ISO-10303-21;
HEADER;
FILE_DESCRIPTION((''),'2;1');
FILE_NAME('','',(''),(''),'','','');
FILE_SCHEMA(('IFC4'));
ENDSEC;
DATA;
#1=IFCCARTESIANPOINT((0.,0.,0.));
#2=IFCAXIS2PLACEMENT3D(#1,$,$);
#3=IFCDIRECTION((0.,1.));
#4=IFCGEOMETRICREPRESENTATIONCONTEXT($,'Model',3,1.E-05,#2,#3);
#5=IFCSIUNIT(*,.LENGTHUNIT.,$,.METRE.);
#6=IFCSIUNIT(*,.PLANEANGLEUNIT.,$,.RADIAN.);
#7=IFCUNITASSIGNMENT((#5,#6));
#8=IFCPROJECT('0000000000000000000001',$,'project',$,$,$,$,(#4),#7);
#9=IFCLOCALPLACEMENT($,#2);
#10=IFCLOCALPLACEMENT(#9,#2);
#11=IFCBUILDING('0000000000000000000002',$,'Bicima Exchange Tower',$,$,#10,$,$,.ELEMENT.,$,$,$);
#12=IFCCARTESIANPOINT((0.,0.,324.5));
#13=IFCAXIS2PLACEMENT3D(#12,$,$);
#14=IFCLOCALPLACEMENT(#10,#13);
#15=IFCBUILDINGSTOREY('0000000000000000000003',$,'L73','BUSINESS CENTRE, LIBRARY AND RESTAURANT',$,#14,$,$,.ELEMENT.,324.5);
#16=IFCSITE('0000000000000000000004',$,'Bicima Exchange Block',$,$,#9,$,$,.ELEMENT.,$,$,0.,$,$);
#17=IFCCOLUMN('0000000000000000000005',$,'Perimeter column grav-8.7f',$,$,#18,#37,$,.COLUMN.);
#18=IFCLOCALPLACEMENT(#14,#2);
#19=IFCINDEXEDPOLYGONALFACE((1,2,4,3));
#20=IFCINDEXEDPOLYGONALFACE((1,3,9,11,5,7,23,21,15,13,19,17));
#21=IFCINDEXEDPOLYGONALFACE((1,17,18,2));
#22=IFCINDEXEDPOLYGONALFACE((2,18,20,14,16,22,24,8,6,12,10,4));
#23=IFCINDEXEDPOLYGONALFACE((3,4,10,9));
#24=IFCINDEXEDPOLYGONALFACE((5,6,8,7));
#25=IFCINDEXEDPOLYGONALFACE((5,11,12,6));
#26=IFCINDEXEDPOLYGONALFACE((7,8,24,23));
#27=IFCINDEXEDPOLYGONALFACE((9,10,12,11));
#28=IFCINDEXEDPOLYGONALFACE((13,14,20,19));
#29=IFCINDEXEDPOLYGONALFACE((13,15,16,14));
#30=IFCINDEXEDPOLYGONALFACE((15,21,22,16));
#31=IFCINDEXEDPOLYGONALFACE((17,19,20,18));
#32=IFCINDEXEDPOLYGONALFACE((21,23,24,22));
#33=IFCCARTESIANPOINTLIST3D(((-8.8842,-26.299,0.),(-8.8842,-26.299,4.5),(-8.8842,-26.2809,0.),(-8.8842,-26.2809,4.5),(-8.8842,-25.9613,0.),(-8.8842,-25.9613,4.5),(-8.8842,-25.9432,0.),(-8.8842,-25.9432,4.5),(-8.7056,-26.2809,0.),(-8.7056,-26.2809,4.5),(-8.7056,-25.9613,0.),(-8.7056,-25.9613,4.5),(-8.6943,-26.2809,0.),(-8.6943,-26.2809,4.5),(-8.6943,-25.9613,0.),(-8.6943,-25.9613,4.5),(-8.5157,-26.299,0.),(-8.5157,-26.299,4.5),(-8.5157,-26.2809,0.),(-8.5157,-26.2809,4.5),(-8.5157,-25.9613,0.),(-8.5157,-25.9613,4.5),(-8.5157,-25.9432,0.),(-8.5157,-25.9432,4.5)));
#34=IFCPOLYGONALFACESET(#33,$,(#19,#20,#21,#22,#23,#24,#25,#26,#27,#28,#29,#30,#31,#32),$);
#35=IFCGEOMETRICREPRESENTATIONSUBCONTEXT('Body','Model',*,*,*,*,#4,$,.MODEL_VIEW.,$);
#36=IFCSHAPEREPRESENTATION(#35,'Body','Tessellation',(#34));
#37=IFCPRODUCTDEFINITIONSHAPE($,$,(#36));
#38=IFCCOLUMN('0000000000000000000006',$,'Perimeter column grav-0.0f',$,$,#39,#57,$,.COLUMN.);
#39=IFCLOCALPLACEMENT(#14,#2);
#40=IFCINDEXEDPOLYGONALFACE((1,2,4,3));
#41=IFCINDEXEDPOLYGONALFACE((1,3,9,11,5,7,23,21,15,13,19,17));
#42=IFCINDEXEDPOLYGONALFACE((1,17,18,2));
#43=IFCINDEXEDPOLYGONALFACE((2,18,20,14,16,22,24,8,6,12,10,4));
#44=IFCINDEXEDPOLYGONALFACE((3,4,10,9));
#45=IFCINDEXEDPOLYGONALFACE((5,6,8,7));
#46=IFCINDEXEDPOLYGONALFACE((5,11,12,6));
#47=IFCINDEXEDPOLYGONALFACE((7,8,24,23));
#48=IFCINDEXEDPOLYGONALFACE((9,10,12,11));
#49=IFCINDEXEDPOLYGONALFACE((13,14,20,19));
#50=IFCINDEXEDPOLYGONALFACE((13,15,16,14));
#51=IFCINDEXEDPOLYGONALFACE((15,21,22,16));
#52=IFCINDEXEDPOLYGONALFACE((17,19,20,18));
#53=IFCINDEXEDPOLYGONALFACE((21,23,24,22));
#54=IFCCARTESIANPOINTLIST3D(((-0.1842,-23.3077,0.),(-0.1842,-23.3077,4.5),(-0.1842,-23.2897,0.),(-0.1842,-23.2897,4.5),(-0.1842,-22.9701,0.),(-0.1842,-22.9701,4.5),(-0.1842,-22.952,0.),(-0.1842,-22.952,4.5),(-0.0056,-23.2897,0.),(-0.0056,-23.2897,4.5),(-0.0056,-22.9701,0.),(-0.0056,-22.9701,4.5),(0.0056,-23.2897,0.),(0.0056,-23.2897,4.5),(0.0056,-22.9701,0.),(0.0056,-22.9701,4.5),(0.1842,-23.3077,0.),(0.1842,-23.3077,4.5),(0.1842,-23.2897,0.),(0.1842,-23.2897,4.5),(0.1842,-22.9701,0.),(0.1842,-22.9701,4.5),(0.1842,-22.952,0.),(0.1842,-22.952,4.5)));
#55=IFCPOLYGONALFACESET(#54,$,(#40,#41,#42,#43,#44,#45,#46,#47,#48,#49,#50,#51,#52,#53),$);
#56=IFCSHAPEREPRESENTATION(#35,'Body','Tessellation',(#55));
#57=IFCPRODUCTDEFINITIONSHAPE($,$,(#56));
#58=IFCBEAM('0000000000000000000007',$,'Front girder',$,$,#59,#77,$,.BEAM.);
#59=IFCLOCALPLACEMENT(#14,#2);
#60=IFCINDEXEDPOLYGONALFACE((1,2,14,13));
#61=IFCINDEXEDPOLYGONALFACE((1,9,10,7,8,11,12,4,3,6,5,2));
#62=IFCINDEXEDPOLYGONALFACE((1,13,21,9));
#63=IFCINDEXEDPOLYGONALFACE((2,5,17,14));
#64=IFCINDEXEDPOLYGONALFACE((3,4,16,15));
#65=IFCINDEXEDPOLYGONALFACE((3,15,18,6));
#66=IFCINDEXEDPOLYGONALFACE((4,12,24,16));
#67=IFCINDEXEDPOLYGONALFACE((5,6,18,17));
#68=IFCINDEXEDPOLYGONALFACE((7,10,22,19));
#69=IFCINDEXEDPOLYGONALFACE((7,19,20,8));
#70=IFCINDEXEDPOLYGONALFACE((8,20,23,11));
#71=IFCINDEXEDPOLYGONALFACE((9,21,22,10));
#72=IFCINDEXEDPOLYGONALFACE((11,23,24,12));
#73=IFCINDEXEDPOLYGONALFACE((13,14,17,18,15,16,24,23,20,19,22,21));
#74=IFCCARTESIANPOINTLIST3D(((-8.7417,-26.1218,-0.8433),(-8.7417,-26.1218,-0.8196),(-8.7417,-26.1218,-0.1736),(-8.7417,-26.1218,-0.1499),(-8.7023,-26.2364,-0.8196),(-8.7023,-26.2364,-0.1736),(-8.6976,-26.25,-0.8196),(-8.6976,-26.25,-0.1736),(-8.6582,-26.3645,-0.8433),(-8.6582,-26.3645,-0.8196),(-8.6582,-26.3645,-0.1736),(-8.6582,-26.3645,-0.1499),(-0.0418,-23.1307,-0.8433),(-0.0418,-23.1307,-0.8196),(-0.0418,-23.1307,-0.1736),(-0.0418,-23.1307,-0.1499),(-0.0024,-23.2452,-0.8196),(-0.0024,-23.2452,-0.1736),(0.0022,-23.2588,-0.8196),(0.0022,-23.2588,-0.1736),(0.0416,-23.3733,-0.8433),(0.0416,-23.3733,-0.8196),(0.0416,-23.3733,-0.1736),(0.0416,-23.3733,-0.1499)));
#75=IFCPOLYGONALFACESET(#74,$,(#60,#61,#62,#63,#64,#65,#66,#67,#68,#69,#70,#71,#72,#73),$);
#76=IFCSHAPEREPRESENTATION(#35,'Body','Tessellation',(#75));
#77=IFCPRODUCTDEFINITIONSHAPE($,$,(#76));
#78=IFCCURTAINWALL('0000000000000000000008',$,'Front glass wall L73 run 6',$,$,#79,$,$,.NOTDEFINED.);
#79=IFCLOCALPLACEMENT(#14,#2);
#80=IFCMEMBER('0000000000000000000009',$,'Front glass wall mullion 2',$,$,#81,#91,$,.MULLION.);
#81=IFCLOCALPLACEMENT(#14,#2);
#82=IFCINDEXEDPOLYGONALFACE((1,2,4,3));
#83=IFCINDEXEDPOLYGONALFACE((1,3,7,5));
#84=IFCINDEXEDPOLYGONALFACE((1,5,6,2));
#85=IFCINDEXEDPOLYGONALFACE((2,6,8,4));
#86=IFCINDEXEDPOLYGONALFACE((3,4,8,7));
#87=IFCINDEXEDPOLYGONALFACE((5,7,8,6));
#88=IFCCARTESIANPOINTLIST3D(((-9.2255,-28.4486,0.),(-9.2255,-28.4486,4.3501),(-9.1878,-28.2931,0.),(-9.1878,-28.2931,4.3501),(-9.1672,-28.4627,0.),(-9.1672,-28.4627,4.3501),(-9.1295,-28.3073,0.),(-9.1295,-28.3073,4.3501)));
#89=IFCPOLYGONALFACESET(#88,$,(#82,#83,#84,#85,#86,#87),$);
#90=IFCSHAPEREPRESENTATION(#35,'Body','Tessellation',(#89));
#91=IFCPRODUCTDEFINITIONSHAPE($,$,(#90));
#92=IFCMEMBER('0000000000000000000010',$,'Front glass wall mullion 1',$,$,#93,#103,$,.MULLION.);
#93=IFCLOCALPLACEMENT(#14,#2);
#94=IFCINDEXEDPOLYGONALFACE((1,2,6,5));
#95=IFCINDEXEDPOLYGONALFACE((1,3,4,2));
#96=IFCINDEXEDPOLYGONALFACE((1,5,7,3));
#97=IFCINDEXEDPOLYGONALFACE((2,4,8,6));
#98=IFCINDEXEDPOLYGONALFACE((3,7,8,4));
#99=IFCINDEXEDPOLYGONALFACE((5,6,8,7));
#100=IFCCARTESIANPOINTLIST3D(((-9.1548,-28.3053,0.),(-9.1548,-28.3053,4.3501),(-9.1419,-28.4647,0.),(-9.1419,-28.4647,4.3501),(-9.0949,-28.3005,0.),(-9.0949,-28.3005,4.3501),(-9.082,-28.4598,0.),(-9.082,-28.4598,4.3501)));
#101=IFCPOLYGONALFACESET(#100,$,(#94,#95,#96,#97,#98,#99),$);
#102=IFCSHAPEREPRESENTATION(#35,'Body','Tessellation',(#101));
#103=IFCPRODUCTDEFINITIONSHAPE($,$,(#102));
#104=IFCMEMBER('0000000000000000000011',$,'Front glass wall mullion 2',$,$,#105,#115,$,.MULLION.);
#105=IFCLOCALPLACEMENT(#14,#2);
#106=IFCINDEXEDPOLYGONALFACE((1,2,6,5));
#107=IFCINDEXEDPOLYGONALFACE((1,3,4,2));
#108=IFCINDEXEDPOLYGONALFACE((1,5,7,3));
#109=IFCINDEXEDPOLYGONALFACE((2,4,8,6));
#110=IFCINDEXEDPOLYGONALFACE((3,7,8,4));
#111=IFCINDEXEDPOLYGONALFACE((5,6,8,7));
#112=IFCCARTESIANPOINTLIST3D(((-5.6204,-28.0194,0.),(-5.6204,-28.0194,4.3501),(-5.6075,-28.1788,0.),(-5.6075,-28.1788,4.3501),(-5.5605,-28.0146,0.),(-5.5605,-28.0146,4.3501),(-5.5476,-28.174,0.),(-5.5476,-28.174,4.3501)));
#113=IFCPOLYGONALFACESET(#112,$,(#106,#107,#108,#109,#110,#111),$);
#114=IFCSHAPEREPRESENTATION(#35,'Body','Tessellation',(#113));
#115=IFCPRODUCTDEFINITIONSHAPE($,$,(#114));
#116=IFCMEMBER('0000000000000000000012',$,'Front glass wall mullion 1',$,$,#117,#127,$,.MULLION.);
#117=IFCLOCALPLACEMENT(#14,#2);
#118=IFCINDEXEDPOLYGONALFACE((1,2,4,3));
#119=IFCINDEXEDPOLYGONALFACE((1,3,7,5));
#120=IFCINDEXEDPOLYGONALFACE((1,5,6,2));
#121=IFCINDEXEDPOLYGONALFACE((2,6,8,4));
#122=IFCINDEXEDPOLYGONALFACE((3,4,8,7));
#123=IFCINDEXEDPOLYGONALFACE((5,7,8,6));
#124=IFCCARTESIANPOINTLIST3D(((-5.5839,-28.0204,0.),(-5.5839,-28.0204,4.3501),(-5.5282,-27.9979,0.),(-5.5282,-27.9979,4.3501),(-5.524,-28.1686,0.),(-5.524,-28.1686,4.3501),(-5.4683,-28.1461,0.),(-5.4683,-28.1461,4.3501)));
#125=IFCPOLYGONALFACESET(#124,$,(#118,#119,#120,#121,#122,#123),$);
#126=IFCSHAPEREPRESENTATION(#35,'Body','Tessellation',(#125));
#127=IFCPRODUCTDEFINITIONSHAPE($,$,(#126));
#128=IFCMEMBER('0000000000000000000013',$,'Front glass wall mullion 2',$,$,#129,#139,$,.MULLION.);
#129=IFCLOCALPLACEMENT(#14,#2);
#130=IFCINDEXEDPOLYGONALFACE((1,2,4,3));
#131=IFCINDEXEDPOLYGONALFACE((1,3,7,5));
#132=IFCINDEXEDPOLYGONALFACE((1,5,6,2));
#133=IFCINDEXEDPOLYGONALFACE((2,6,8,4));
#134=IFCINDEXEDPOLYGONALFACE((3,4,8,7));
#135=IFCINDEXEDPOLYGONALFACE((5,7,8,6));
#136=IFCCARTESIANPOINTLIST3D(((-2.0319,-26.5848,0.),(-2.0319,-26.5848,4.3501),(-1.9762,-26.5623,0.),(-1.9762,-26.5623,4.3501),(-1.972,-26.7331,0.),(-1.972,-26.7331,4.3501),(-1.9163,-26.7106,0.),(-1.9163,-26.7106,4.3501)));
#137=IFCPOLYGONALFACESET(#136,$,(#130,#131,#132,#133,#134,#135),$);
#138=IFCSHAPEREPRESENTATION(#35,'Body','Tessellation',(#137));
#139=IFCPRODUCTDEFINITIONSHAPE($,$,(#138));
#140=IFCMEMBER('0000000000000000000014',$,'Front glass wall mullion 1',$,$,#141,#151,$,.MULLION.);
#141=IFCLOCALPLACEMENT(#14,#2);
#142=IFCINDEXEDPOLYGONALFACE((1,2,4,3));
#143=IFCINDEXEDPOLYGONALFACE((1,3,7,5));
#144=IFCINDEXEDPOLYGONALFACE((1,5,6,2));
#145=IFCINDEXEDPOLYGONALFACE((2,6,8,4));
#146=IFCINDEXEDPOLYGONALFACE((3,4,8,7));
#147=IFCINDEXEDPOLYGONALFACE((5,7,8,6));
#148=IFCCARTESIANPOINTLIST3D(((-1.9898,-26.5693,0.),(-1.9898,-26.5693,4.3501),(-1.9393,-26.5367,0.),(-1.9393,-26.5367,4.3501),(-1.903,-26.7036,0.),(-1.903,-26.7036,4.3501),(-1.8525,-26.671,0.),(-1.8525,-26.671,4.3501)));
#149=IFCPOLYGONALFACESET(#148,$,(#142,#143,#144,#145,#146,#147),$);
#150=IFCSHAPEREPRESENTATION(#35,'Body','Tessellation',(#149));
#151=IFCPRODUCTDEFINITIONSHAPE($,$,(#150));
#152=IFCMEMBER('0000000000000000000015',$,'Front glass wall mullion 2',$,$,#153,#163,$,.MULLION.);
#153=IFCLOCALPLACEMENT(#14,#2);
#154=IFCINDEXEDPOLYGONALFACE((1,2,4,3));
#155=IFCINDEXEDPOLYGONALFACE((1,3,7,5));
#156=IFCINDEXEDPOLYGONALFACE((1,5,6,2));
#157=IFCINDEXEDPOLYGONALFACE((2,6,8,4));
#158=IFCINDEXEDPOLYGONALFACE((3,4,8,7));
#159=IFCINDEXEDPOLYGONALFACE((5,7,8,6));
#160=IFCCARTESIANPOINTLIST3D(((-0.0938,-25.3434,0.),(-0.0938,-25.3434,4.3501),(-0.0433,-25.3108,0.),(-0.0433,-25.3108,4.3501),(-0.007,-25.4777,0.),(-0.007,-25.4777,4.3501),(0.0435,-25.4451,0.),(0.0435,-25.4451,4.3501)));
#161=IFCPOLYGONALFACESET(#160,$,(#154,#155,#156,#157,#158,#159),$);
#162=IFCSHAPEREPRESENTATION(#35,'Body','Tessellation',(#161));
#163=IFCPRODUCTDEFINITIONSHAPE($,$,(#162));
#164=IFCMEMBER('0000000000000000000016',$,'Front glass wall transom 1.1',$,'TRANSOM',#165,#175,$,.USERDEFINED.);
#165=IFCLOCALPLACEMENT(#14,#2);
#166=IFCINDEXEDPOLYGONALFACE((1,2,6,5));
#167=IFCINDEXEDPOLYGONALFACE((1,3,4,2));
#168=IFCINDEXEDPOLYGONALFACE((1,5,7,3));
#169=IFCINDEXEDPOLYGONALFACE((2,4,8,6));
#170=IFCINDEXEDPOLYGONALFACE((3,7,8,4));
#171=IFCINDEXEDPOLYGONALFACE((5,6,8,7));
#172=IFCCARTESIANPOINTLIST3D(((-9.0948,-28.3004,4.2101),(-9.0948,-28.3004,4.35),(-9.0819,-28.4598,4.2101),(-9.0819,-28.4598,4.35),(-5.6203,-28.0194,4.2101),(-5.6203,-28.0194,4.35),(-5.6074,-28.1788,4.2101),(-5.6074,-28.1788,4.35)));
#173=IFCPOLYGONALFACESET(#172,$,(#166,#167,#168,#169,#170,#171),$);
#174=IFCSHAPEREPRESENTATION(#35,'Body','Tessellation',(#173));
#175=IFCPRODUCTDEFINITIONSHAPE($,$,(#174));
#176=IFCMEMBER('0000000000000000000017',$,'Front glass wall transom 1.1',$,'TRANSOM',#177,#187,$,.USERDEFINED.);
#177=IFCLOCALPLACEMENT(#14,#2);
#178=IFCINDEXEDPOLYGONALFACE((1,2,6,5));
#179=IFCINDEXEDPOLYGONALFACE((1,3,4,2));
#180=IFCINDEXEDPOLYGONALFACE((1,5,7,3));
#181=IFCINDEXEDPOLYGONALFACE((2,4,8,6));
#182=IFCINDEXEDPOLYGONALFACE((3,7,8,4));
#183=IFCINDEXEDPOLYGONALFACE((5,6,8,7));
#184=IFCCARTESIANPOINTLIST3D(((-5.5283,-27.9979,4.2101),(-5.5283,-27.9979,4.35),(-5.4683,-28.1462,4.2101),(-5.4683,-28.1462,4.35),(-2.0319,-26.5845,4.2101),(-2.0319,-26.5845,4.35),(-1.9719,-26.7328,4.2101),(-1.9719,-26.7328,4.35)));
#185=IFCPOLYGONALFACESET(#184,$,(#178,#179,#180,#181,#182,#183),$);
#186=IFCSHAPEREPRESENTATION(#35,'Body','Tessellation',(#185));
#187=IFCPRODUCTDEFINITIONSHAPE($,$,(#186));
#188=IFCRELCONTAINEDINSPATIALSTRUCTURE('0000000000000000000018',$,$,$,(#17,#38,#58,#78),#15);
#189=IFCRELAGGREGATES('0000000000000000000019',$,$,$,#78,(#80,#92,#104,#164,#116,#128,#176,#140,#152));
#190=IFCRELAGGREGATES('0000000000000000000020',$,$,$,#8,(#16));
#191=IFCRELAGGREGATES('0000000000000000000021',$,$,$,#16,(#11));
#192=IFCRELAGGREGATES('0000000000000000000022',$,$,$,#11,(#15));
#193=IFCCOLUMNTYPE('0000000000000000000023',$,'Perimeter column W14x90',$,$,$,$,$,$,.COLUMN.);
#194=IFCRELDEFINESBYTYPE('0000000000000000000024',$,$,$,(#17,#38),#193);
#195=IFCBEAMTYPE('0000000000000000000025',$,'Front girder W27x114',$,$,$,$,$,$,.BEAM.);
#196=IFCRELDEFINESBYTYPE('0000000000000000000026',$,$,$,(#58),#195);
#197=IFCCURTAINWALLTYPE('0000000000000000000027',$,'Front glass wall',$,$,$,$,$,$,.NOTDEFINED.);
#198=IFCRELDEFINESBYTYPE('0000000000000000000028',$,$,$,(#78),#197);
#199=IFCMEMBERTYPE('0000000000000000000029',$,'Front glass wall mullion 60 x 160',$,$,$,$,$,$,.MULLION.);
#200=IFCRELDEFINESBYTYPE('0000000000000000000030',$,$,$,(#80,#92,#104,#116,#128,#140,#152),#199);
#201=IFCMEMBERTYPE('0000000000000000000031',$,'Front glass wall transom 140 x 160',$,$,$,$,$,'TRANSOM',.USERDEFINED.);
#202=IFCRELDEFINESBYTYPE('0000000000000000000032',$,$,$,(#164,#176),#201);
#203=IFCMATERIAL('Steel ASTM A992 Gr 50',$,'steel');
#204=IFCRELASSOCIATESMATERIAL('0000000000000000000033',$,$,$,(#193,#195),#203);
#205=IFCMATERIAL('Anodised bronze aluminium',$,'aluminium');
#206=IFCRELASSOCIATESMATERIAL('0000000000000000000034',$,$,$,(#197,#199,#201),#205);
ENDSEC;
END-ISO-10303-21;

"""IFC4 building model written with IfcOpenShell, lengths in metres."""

from ifc_helpers import new_model, si_unit, direction, frame, origin, origin_2d, place, context, subcontext, project, spatial, rectangle, i_section, extrude, material, material_profile, profile_set, type_object, element, aggregate, save


model = new_model("IFC4")

# Units and contexts
model_context = context("Model", 3, precision=1e-05, world=origin(), true_north=direction((0.0, 1.0)))
body_context = subcontext(model_context, "Body", "Model", "MODEL_VIEW")
ifc_project = project(units=[si_unit("LENGTHUNIT", "METRE"), si_unit("PLANEANGLEUNIT", "RADIAN")], contexts=[model_context])

# Site, building, storey
site_placement = place(None, origin())
site = spatial("IfcSite", under=ifc_project, at=site_placement, Name="Bicima Exchange Block", CompositionType="ELEMENT", RefElevation=0.0)
building_placement = place(site_placement, origin())
building = spatial("IfcBuilding", under=site, at=building_placement, Name="Bicima Exchange Tower", CompositionType="ELEMENT")
storey_placement = place(building_placement, frame((0.0, 0.0, 324.5)))
storey = spatial("IfcBuildingStorey", under=building, at=storey_placement, Name="L73", Description="BUSINESS CENTRE, LIBRARY AND RESTAURANT", CompositionType="ELEMENT", Elevation=324.5)

# Columns
ifc_material_1 = material(Name="Steel ASTM A992 Gr 50", Category="steel")
ifc_material_profile_1 = material_profile(ifc_material_1, i_section(OverallWidth=0.3684, OverallDepth=0.3557, WebThickness=0.0112, FlangeThickness=0.0181, at=origin_2d()))
ifc_profile_set_1 = profile_set([ifc_material_profile_1], Name="Steel ASTM A992 Gr 50")
column_type = type_object("IfcColumnType", Name="Perimeter column W14x90", PredefinedType="COLUMN", material=ifc_profile_set_1)
for number, where, z_axis, x_axis, name in (
    (1, (-8.7, -26.1211, 0.0), (0.0, 0.0, 1.0), (1.0, 0.0, 0.0), "Perimeter column grav-8.7f"),
    (2, (0.0, -23.1299, 0.0), (0.0, 0.0, 1.0), (1.0, 0.0, 0.0), "Perimeter column grav-0.0f"),
):
    element("IfcColumn", number, at=place(storey_placement, frame(where, z_axis=z_axis, x_axis=x_axis)), inside=storey, type_object=column_type, Name=name, PredefinedType="COLUMN", context=body_context, shape_type="SweptSolid", body=[
        extrude(i_section(OverallWidth=0.3684, OverallDepth=0.3557, WebThickness=0.0112, FlangeThickness=0.0181, at=origin_2d()), origin(), (0.0, 0.0, 1.0), 4.5),
    ])

# Beam
ifc_material_profile_2 = material_profile(ifc_material_1, i_section(OverallWidth=0.2566, OverallDepth=0.6934, WebThickness=0.0144, FlangeThickness=0.0237, at=origin_2d()))
ifc_profile_set_2 = profile_set([ifc_material_profile_2], Name="Steel ASTM A992 Gr 50")
beam_type = type_object("IfcBeamType", Name="Front girder W27x114", PredefinedType="BEAM", material=ifc_profile_set_2)
beam_placement = place(storey_placement, frame((-8.7, -26.2432, -0.4966), z_axis=(0.945666, 0.325138, 0.0), x_axis=(-0.325138, 0.945666, 0.0)))
element("IfcBeam", 3, at=beam_placement, inside=storey, type_object=beam_type, Name="Front girder", PredefinedType="BEAM", context=body_context, shape_type="SweptSolid", body=[
    extrude(i_section(OverallWidth=0.2566, OverallDepth=0.6934, WebThickness=0.0144, FlangeThickness=0.0237, at=origin_2d()), origin(), (0.0, 0.0, 1.0), 9.1997),
])

# Curtain wall, members
ifc_material_2 = material(Name="Anodised bronze aluminium", Category="aluminium")
curtain_wall_type = type_object("IfcCurtainWallType", Name="Front glass wall", PredefinedType="NOTDEFINED", material=ifc_material_2)
curtain_wall_placement = place(storey_placement, origin())
curtain_wall = element("IfcCurtainWall", 4, at=curtain_wall_placement, inside=storey, type_object=curtain_wall_type, Name="Front glass wall L73 run 6", PredefinedType="NOTDEFINED")
ifc_material_profile_3 = material_profile(ifc_material_2, rectangle(XDim=0.1599, YDim=0.0601, at=origin_2d()))
ifc_profile_set_3 = profile_set([ifc_material_profile_3], Name="Anodised bronze aluminium")
member_type_1 = type_object("IfcMemberType", Name="Front glass wall mullion 60 x 160", PredefinedType="MULLION", material=ifc_profile_set_3)
member_1_placement = place(storey_placement, frame((-9.1775, -28.3779, 0.0), z_axis=(0.0, 0.0, 1.0), x_axis=(0.235682, 0.97183, 0.0)))
member_1 = element("IfcMember", 5, at=member_1_placement, type_object=member_type_1, Name="Front glass wall mullion 2", PredefinedType="MULLION", context=body_context, shape_type="SweptSolid", body=[
    extrude(rectangle(XDim=0.1599, YDim=0.0601, at=origin_2d()), origin(), (0.0, 0.0, 1.0), 4.3501),
])
member_2_placement = place(storey_placement, frame((-9.1184, -28.3826, 0.0), z_axis=(0.0, 0.0, 1.0), x_axis=(-0.080589, 0.996747, 0.0)))
member_2 = element("IfcMember", 6, at=member_2_placement, type_object=member_type_1, Name="Front glass wall mullion 1", PredefinedType="MULLION", context=body_context, shape_type="SweptSolid", body=[
    extrude(rectangle(XDim=0.1599, YDim=0.0601, at=origin_2d()), origin(), (0.0, 0.0, 1.0), 4.3501),
])
member_3_placement = place(storey_placement, frame((-5.584, -28.0967, 0.0), z_axis=(0.0, 0.0, 1.0), x_axis=(-0.080589, 0.996747, 0.0)))
member_3 = element("IfcMember", 7, at=member_3_placement, type_object=member_type_1, Name="Front glass wall mullion 2", PredefinedType="MULLION", context=body_context, shape_type="SweptSolid", body=[
    extrude(rectangle(XDim=0.1599, YDim=0.0601, at=origin_2d()), origin(), (0.0, 0.0, 1.0), 4.3501),
])
member_4_placement = place(storey_placement, frame((-5.5261, -28.0833, 0.0), z_axis=(0.0, 0.0, 1.0), x_axis=(-0.374705, 0.927144, 0.0)))
member_4 = element("IfcMember", 8, at=member_4_placement, type_object=member_type_1, Name="Front glass wall mullion 1", PredefinedType="MULLION", context=body_context, shape_type="SweptSolid", body=[
    extrude(rectangle(XDim=0.1599, YDim=0.0601, at=origin_2d()), origin(), (0.0, 0.0, 1.0), 4.3501),
])
member_5_placement = place(storey_placement, frame((-1.9741, -26.6477, 0.0), z_axis=(0.0, 0.0, 1.0), x_axis=(-0.374705, 0.927144, 0.0)))
member_5 = element("IfcMember", 9, at=member_5_placement, type_object=member_type_1, Name="Front glass wall mullion 2", PredefinedType="MULLION", context=body_context, shape_type="SweptSolid", body=[
    extrude(rectangle(XDim=0.1599, YDim=0.0601, at=origin_2d()), origin(), (0.0, 0.0, 1.0), 4.3501),
])
member_6_placement = place(storey_placement, frame((-1.9211, -26.6201, 0.0), z_axis=(0.0, 0.0, 1.0), x_axis=(-0.542897, 0.839799, 0.0)))
member_6 = element("IfcMember", 10, at=member_6_placement, type_object=member_type_1, Name="Front glass wall mullion 1", PredefinedType="MULLION", context=body_context, shape_type="SweptSolid", body=[
    extrude(rectangle(XDim=0.1599, YDim=0.0601, at=origin_2d()), origin(), (0.0, 0.0, 1.0), 4.3501),
])
member_7_placement = place(storey_placement, frame((-0.0251, -25.3943, 0.0), z_axis=(0.0, 0.0, 1.0), x_axis=(-0.542897, 0.839799, 0.0)))
member_7 = element("IfcMember", 11, at=member_7_placement, type_object=member_type_1, Name="Front glass wall mullion 2", PredefinedType="MULLION", context=body_context, shape_type="SweptSolid", body=[
    extrude(rectangle(XDim=0.1599, YDim=0.0601, at=origin_2d()), origin(), (0.0, 0.0, 1.0), 4.3501),
])
ifc_material_profile_4 = material_profile(ifc_material_2, rectangle(XDim=0.1599, YDim=0.1399, at=origin_2d()))
ifc_profile_set_4 = profile_set([ifc_material_profile_4], Name="Anodised bronze aluminium")
member_type_2 = type_object("IfcMemberType", Name="Front glass wall transom 140 x 160", ElementType="TRANSOM", PredefinedType="USERDEFINED", material=ifc_profile_set_4)
member_8_placement = place(storey_placement, frame((-9.0884, -28.3801, 4.28), z_axis=(0.996746, 0.080611, 0.0), x_axis=(-0.080611, 0.996746, 0.0)))
member_8 = element("IfcMember", 12, at=member_8_placement, type_object=member_type_2, Name="Front glass wall transom 1.1", ObjectType="TRANSOM", PredefinedType="USERDEFINED", context=body_context, shape_type="SweptSolid", body=[
    extrude(rectangle(XDim=0.1599, YDim=0.1399, at=origin_2d()), origin(), (0.0, 0.0, 1.0), 3.4858),
])
member_9_placement = place(storey_placement, frame((-5.4983, -28.072, 4.28), z_axis=(0.927118, 0.37477, 0.0), x_axis=(-0.37477, 0.927118, 0.0)))
member_9 = element("IfcMember", 13, at=member_9_placement, type_object=member_type_2, Name="Front glass wall transom 1.1", ObjectType="TRANSOM", PredefinedType="USERDEFINED", context=body_context, shape_type="SweptSolid", body=[
    extrude(rectangle(XDim=0.1599, YDim=0.1399, at=origin_2d()), origin(), (0.0, 0.0, 1.0), 3.7712),
])

aggregate(curtain_wall, [member_1, member_2, member_3, member_8, member_4, member_5, member_9, member_6, member_7])

save(model, "model.ifc")
